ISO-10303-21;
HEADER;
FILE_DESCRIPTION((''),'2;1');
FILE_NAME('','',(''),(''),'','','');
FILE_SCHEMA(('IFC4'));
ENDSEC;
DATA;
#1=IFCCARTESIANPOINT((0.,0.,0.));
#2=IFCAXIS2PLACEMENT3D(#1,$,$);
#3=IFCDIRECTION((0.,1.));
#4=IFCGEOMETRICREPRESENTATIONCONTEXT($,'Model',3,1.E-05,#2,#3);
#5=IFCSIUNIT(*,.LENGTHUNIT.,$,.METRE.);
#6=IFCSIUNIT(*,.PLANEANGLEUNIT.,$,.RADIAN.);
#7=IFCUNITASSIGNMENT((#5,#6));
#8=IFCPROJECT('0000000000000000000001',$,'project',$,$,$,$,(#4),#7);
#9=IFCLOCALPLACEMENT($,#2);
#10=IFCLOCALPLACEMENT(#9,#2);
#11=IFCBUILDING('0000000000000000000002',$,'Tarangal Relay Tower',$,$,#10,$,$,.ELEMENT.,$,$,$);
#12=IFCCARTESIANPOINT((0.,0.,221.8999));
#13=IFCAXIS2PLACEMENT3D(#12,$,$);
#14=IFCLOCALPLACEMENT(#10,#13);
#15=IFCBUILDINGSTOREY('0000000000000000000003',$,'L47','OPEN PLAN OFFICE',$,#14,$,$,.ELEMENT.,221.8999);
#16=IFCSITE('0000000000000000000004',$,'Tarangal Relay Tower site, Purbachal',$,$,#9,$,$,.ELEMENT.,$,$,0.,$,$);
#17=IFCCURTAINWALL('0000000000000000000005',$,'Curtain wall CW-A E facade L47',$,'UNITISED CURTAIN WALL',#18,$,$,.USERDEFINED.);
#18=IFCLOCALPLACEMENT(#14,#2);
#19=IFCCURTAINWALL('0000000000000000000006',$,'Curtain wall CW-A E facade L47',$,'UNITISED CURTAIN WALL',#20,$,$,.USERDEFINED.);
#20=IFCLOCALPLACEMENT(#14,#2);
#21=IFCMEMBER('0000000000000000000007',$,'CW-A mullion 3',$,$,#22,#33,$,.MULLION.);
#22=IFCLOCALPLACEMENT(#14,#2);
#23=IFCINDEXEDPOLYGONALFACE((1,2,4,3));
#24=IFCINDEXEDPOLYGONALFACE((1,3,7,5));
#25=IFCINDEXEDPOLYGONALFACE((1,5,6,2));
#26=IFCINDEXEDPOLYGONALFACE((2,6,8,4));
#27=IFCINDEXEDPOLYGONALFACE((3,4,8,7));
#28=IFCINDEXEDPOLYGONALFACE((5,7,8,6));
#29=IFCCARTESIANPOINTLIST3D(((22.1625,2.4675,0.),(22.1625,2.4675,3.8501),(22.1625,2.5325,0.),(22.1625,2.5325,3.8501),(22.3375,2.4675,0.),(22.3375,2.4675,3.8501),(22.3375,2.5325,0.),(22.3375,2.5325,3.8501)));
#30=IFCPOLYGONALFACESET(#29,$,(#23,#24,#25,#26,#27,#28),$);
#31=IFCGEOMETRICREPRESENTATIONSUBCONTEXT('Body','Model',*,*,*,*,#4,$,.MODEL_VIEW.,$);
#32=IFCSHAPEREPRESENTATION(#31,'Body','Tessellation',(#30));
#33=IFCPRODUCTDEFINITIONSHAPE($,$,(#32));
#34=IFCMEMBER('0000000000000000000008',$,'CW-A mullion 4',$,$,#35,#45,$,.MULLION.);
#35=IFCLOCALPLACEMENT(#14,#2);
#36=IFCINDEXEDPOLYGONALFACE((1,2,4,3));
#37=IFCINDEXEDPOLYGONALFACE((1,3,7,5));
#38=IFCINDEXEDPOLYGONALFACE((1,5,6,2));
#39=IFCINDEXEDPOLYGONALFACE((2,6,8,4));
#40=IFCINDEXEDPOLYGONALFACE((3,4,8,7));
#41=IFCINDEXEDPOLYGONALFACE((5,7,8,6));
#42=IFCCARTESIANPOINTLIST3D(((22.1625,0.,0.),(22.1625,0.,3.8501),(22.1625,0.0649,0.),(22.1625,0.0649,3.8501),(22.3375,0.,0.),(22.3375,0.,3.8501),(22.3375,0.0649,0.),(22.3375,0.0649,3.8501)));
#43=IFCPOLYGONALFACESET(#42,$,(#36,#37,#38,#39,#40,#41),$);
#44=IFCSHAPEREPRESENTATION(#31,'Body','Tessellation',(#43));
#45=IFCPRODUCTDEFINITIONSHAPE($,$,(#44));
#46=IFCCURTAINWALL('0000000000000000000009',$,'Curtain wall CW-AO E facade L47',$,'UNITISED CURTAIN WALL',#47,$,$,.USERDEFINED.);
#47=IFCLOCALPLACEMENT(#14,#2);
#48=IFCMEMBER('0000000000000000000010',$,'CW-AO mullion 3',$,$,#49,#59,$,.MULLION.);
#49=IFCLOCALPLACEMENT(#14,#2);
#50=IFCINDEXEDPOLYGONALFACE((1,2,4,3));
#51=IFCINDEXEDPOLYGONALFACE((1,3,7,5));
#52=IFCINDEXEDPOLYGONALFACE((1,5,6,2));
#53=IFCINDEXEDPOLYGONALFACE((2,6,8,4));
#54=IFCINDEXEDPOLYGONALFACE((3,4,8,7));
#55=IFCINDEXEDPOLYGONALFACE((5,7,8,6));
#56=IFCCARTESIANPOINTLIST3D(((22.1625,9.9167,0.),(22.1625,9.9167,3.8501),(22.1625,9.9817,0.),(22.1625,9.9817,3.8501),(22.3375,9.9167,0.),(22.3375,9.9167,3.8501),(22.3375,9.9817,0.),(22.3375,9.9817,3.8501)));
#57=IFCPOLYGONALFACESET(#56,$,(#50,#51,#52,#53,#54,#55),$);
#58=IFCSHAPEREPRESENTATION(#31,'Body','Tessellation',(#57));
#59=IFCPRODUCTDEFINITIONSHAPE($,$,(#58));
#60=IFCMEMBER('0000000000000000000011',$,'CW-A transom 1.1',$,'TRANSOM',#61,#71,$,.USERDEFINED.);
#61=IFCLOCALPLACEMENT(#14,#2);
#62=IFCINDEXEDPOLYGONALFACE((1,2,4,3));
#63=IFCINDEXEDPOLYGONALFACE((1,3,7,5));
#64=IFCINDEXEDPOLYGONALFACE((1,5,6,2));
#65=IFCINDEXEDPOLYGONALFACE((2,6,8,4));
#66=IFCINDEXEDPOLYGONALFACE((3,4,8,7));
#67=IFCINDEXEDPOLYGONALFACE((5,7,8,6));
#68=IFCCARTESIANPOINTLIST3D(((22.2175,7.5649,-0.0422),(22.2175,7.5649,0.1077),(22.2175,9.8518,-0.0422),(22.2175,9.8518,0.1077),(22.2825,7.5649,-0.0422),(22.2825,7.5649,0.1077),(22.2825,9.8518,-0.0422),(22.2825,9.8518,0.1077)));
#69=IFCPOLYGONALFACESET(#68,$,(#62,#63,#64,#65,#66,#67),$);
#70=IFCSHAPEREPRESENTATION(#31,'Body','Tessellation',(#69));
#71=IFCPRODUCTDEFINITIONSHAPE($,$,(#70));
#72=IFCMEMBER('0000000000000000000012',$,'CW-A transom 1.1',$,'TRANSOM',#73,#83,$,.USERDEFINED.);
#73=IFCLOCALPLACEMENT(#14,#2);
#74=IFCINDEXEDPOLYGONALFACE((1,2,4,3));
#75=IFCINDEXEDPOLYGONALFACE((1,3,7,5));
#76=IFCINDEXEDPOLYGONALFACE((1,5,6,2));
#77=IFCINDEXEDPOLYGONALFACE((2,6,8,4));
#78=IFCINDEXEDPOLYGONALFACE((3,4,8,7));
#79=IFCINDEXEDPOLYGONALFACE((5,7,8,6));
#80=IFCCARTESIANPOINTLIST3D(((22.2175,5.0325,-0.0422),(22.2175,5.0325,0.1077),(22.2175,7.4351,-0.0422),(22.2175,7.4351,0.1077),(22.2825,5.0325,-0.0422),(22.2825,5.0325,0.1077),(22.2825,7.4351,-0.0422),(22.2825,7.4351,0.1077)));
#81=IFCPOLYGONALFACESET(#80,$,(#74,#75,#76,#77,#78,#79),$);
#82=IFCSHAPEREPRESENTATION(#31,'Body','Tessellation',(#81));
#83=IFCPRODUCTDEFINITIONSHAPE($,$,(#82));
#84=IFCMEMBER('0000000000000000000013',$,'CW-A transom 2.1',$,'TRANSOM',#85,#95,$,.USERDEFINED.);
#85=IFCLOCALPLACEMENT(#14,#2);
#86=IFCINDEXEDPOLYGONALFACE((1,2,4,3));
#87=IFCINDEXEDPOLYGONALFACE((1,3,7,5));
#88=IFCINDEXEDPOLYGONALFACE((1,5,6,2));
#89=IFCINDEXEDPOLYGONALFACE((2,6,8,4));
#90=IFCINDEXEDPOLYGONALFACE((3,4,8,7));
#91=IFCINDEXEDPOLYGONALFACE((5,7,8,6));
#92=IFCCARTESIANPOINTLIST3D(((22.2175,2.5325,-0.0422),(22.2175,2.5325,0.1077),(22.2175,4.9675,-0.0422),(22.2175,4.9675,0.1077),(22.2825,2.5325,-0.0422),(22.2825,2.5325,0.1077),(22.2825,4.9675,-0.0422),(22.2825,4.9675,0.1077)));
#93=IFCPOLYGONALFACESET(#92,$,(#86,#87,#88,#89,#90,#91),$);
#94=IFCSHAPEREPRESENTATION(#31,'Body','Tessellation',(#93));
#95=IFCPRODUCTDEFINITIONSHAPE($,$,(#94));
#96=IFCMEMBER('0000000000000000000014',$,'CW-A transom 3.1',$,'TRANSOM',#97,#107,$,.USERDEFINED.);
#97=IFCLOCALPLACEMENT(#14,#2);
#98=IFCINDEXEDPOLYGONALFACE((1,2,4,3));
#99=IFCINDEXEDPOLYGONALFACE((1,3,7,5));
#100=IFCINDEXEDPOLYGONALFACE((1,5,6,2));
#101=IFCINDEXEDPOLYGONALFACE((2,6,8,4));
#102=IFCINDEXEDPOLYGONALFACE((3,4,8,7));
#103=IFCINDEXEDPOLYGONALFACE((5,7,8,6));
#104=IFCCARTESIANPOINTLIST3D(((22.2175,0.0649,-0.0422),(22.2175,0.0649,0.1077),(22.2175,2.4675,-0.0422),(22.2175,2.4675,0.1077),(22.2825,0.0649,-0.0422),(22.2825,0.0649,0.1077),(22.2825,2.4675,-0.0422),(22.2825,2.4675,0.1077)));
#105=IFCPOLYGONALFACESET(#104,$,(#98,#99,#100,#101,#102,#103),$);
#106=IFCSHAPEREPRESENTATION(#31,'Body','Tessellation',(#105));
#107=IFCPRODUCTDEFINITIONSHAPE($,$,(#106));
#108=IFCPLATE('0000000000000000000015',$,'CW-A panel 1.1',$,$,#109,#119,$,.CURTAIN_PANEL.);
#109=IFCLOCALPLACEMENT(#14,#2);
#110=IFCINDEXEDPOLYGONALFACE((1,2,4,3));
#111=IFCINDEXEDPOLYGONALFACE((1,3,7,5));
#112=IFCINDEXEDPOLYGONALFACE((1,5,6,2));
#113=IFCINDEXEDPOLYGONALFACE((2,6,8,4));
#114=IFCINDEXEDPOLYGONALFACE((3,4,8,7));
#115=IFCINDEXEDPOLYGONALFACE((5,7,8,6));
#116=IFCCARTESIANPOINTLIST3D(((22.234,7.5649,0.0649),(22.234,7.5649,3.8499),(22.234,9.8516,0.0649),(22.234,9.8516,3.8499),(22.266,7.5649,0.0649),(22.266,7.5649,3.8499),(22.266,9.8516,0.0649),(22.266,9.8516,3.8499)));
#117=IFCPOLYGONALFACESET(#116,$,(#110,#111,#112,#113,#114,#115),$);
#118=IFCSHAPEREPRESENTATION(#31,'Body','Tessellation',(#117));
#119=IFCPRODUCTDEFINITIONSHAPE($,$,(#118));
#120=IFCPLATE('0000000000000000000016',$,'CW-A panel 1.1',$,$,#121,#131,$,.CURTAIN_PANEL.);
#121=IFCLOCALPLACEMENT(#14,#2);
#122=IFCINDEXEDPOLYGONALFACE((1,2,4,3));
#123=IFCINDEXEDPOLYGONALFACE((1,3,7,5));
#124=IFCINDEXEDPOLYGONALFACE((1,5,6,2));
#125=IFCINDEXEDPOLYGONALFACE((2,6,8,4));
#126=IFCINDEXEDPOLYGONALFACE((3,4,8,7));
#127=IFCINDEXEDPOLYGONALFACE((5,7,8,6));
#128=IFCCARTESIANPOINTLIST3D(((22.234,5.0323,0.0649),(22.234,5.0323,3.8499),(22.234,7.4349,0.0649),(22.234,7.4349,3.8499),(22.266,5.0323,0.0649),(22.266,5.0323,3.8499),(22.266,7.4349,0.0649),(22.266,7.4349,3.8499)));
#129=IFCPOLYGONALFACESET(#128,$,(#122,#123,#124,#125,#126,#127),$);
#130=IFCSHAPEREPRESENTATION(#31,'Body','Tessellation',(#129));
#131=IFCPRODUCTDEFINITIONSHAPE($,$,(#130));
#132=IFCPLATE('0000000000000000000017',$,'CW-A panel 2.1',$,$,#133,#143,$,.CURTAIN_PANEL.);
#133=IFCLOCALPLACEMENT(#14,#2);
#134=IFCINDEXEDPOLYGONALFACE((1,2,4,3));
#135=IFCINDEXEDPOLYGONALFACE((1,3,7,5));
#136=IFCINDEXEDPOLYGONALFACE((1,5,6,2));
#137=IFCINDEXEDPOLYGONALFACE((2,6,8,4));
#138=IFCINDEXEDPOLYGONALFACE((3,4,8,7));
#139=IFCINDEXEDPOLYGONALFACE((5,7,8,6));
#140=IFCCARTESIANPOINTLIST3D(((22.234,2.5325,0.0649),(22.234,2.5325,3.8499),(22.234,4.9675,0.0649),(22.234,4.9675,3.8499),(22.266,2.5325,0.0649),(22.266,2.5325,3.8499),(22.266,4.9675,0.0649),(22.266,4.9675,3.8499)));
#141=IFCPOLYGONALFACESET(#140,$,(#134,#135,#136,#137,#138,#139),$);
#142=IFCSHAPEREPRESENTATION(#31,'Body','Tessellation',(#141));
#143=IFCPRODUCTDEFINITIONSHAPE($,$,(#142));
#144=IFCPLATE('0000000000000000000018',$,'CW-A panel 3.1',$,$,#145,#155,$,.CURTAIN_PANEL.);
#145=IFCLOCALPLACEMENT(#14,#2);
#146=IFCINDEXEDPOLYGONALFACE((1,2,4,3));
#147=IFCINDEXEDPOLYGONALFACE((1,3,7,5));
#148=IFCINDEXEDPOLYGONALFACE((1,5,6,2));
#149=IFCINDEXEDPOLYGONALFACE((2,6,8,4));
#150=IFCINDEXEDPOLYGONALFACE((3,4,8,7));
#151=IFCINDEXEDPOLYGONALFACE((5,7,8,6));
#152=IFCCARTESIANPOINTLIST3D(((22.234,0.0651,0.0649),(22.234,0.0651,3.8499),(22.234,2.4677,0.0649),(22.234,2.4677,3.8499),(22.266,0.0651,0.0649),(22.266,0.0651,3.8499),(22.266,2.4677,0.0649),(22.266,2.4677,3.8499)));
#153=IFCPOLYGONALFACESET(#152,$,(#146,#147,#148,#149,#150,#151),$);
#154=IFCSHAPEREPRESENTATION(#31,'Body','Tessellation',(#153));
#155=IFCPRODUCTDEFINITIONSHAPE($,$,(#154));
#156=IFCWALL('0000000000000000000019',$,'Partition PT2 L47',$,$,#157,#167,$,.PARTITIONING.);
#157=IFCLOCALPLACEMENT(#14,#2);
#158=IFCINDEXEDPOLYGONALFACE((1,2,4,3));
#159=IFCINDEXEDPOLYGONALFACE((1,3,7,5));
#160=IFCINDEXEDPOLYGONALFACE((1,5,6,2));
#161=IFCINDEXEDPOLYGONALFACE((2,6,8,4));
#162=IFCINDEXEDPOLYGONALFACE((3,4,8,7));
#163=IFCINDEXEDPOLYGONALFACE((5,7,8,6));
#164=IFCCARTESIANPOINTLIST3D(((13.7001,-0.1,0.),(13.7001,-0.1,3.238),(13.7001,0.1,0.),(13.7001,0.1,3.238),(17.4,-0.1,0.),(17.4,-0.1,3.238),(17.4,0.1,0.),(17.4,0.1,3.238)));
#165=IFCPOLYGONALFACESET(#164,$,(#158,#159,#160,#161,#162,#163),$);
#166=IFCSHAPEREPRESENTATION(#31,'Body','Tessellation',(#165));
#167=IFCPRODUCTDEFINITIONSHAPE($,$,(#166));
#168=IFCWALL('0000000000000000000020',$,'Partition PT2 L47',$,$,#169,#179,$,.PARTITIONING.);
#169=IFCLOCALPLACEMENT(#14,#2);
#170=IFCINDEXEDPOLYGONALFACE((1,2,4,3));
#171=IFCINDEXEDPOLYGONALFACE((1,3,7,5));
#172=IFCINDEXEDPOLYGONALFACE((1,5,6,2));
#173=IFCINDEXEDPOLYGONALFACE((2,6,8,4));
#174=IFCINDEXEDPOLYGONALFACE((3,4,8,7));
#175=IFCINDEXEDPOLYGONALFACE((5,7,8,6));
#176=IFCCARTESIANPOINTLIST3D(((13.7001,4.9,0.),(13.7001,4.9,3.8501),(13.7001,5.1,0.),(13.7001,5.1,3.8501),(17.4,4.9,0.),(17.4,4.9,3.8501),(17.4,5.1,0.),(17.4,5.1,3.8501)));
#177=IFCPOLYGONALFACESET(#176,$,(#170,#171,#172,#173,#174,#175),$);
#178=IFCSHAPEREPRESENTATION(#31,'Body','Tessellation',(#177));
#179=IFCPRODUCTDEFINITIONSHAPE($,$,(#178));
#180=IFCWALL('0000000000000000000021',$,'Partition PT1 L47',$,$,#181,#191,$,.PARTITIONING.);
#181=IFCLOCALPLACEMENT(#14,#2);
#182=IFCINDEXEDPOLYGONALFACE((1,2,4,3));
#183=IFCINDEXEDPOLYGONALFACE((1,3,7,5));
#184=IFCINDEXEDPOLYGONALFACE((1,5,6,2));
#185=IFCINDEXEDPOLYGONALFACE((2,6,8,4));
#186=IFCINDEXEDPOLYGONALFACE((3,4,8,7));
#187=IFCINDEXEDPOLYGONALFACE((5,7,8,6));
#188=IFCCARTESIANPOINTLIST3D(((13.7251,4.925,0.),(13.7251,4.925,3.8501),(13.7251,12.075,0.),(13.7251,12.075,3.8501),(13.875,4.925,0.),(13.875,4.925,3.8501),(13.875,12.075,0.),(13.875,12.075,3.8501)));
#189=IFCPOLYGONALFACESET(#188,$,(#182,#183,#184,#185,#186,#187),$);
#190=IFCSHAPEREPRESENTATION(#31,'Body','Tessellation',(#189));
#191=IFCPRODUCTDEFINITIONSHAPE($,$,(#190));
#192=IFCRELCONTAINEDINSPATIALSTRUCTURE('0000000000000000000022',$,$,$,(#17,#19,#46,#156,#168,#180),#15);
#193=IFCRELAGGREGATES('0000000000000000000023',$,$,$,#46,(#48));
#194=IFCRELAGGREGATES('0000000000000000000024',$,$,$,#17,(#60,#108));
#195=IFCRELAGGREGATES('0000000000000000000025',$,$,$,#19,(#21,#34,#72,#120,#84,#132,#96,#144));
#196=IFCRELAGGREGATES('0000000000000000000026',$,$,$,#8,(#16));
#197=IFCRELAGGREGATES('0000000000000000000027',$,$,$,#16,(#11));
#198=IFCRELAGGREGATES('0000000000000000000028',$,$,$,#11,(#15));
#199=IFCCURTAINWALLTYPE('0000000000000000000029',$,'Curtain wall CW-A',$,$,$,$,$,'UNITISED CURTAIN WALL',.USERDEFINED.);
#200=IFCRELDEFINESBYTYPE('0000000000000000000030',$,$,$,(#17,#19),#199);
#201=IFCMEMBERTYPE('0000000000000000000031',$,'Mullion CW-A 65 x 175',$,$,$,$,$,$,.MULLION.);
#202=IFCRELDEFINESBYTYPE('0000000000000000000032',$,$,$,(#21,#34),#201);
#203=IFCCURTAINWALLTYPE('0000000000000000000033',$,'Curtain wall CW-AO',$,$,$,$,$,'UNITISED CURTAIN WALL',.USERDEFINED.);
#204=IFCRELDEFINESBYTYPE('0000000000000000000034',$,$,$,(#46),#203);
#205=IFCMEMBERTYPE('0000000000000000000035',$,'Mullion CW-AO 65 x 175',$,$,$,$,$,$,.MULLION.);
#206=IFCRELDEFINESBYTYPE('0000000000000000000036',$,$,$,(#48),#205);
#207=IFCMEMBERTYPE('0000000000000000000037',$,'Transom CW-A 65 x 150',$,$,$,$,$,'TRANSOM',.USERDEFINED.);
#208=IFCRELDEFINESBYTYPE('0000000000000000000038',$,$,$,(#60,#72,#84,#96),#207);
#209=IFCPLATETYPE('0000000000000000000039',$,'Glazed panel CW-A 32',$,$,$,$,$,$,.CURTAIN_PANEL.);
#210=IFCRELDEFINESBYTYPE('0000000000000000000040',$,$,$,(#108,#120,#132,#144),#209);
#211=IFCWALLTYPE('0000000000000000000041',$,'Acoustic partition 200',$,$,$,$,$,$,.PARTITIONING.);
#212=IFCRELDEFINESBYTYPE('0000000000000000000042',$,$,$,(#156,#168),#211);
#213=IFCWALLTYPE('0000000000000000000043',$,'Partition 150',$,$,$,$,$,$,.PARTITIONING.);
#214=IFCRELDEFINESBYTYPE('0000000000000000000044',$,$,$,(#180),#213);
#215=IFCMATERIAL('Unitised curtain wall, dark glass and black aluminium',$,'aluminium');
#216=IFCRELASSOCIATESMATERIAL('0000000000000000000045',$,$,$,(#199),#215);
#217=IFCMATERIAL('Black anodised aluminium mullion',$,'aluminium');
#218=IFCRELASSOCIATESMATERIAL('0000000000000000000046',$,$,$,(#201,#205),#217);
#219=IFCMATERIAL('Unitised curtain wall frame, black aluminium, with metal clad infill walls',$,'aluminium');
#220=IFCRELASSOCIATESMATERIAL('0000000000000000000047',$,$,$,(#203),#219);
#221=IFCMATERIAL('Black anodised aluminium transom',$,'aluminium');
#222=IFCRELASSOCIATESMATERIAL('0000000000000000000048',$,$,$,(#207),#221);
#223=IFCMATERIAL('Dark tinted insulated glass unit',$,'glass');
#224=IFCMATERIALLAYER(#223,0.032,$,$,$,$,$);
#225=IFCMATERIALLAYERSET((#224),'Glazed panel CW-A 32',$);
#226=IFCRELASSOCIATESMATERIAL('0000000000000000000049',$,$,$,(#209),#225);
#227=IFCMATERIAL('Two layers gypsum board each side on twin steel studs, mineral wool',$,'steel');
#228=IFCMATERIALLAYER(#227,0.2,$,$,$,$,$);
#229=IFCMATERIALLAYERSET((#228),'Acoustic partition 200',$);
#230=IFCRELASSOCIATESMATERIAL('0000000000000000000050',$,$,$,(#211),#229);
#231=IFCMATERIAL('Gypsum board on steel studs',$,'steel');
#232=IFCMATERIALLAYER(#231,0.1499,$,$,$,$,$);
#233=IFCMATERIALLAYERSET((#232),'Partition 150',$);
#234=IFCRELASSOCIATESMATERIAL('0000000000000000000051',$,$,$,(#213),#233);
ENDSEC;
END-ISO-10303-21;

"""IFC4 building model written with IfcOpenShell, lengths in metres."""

from ifc_helpers import new_model, si_unit, direction, frame, frame_2d, origin, origin_2d, place, context, subcontext, project, spatial, rectangle, extrude, material, layer, layer_set, material_profile, profile_set, type_object, element, aggregate, save


model = new_model("IFC4")

# Units and contexts
model_context = context("Model", 3, precision=1e-05, world=origin(), true_north=direction((0.0, 1.0)))
body_context = subcontext(model_context, "Body", "Model", "MODEL_VIEW")
ifc_project = project(units=[si_unit("LENGTHUNIT", "METRE"), si_unit("PLANEANGLEUNIT", "RADIAN")], contexts=[model_context])

# Site, building, storey
site_placement = place(None, origin())
site = spatial("IfcSite", under=ifc_project, at=site_placement, Name="Tarangal Relay Tower site, Purbachal", CompositionType="ELEMENT", RefElevation=0.0)
building_placement = place(site_placement, origin())
building = spatial("IfcBuilding", under=site, at=building_placement, Name="Tarangal Relay Tower", CompositionType="ELEMENT")
storey_placement = place(building_placement, frame((0.0, 0.0, 221.8999)))
storey = spatial("IfcBuildingStorey", under=building, at=storey_placement, Name="L47", Description="OPEN PLAN OFFICE", CompositionType="ELEMENT", Elevation=221.8999)

# Curtain walls, members
ifc_material_1 = material(Name="Unitised curtain wall, dark glass and black aluminium", Category="aluminium")
curtain_wall_type_1 = type_object("IfcCurtainWallType", Name="Curtain wall CW-A", ElementType="UNITISED CURTAIN WALL", PredefinedType="USERDEFINED", material=ifc_material_1)
curtain_wall_1_placement = place(storey_placement, origin())
curtain_wall_1 = element("IfcCurtainWall", 1, at=curtain_wall_1_placement, inside=storey, type_object=curtain_wall_type_1, Name="Curtain wall CW-A E facade L47", ObjectType="UNITISED CURTAIN WALL", PredefinedType="USERDEFINED")
ifc_material_2 = material(Name="Black anodised aluminium mullion", Category="aluminium")
ifc_material_profile_1 = material_profile(ifc_material_2, rectangle(XDim=0.175, YDim=0.0649, at=origin_2d()), Name="CW-AM 65X175")
ifc_profile_set_1 = profile_set([ifc_material_profile_1], Name="Black anodised aluminium mullion")
member_type_1 = type_object("IfcMemberType", Name="Mullion CW-A 65 x 175", PredefinedType="MULLION", material=ifc_profile_set_1)
curtain_wall_2_placement = place(storey_placement, origin())
curtain_wall_2 = element("IfcCurtainWall", 2, at=curtain_wall_2_placement, inside=storey, type_object=curtain_wall_type_1, Name="Curtain wall CW-A E facade L47", ObjectType="UNITISED CURTAIN WALL", PredefinedType="USERDEFINED")
member_1_placement = place(storey_placement, frame((22.25, 2.5, 0.0), z_axis=(0.0, 0.0, 1.0), x_axis=(1.0, 0.0, 0.0)))
member_1 = element("IfcMember", 3, at=member_1_placement, type_object=member_type_1, Name="CW-A mullion 3", PredefinedType="MULLION", context=body_context, shape_type="SweptSolid", body=[
    extrude(rectangle(XDim=0.175, YDim=0.0649, at=origin_2d()), origin(), (0.0, 0.0, 1.0), 3.8501),
])
member_2_placement = place(storey_placement, frame((22.25, 0.0325, 0.0), z_axis=(0.0, 0.0, 1.0), x_axis=(1.0, 0.0, 0.0)))
member_2 = element("IfcMember", 4, at=member_2_placement, type_object=member_type_1, Name="CW-A mullion 4", PredefinedType="MULLION", context=body_context, shape_type="SweptSolid", body=[
    extrude(rectangle(XDim=0.175, YDim=0.0649, at=origin_2d()), origin(), (0.0, 0.0, 1.0), 3.8501),
])

# Curtain wall, member
ifc_material_3 = material(Name="Unitised curtain wall frame, black aluminium, with metal clad infill walls", Category="aluminium")
curtain_wall_type_2 = type_object("IfcCurtainWallType", Name="Curtain wall CW-AO", ElementType="UNITISED CURTAIN WALL", PredefinedType="USERDEFINED", material=ifc_material_3)
curtain_wall_3_placement = place(storey_placement, origin())
curtain_wall_3 = element("IfcCurtainWall", 5, at=curtain_wall_3_placement, inside=storey, type_object=curtain_wall_type_2, Name="Curtain wall CW-AO E facade L47", ObjectType="UNITISED CURTAIN WALL", PredefinedType="USERDEFINED")
ifc_material_profile_2 = material_profile(ifc_material_2, rectangle(XDim=0.175, YDim=0.0649, at=origin_2d()), Name="CW-AOM 65X175")
ifc_profile_set_2 = profile_set([ifc_material_profile_2], Name="Black anodised aluminium mullion")
member_type_2 = type_object("IfcMemberType", Name="Mullion CW-AO 65 x 175", PredefinedType="MULLION", material=ifc_profile_set_2)
member_3_placement = place(storey_placement, frame((22.25, 9.9492, 0.0), z_axis=(0.0, 0.0, 1.0), x_axis=(1.0, 0.0, 0.0)))
member_3 = element("IfcMember", 6, at=member_3_placement, type_object=member_type_2, Name="CW-AO mullion 3", PredefinedType="MULLION", context=body_context, shape_type="SweptSolid", body=[
    extrude(rectangle(XDim=0.175, YDim=0.0649, at=origin_2d()), origin(), (0.0, 0.0, 1.0), 3.8501),
])
aggregate(curtain_wall_3, [member_3])

# Members
ifc_material_4 = material(Name="Black anodised aluminium transom", Category="aluminium")
ifc_material_profile_3 = material_profile(ifc_material_4, rectangle(XDim=0.0649, YDim=0.1499, at=origin_2d()), Name="CW-AT 65X150")
ifc_profile_set_3 = profile_set([ifc_material_profile_3], Name="Black anodised aluminium transom")
member_type_3 = type_object("IfcMemberType", Name="Transom CW-A 65 x 150", ElementType="TRANSOM", PredefinedType="USERDEFINED", material=ifc_profile_set_3)
member_4_placement = place(storey_placement, frame((22.25, 9.8518, 0.0327), z_axis=(0.0, -1.0, 0.0), x_axis=(1.0, 0.0, 0.0)))
member_4 = element("IfcMember", 7, at=member_4_placement, type_object=member_type_3, Name="CW-A transom 1.1", ObjectType="TRANSOM", PredefinedType="USERDEFINED", context=body_context, shape_type="SweptSolid", body=[
    extrude(rectangle(XDim=0.0649, YDim=0.1499, at=origin_2d()), origin(), (0.0, 0.0, 1.0), 2.2869),
])
member_5_placement = place(storey_placement, frame((22.25, 7.4351, 0.0327), z_axis=(0.0, -1.0, 0.0), x_axis=(1.0, 0.0, 0.0)))
member_5 = element("IfcMember", 8, at=member_5_placement, type_object=member_type_3, Name="CW-A transom 1.1", ObjectType="TRANSOM", PredefinedType="USERDEFINED", context=body_context, shape_type="SweptSolid", body=[
    extrude(rectangle(XDim=0.0649, YDim=0.1499, at=origin_2d()), origin(), (0.0, 0.0, 1.0), 2.4026),
])
member_6_placement = place(storey_placement, frame((22.25, 4.9675, 0.0327), z_axis=(0.0, -1.0, 0.0), x_axis=(1.0, 0.0, 0.0)))
member_6 = element("IfcMember", 9, at=member_6_placement, type_object=member_type_3, Name="CW-A transom 2.1", ObjectType="TRANSOM", PredefinedType="USERDEFINED", context=body_context, shape_type="SweptSolid", body=[
    extrude(rectangle(XDim=0.0649, YDim=0.1499, at=origin_2d()), origin(), (0.0, 0.0, 1.0), 2.4351),
])
member_7_placement = place(storey_placement, frame((22.25, 2.4675, 0.0327), z_axis=(0.0, -1.0, 0.0), x_axis=(1.0, 0.0, 0.0)))
member_7 = element("IfcMember", 10, at=member_7_placement, type_object=member_type_3, Name="CW-A transom 3.1", ObjectType="TRANSOM", PredefinedType="USERDEFINED", context=body_context, shape_type="SweptSolid", body=[
    extrude(rectangle(XDim=0.0649, YDim=0.1499, at=origin_2d()), origin(), (0.0, 0.0, 1.0), 2.4026),
])

# Plates
ifc_material_5 = material(Name="Dark tinted insulated glass unit", Category="glass")
ifc_layer_1 = layer(ifc_material_5, 0.032)
ifc_layer_set_1 = layer_set([ifc_layer_1], Name="Glazed panel CW-A 32")
plate_type = type_object("IfcPlateType", Name="Glazed panel CW-A 32", PredefinedType="CURTAIN_PANEL", material=ifc_layer_set_1)
plate_1_placement = place(storey_placement, frame((22.25, 8.7083, 0.0649), z_axis=(0.0, 0.0, 1.0), x_axis=(0.0, -1.0, 0.0)))
plate_1 = element("IfcPlate", 11, at=plate_1_placement, type_object=plate_type, Name="CW-A panel 1.1", PredefinedType="CURTAIN_PANEL", context=body_context, shape_type="SweptSolid", body=[
    extrude(rectangle(XDim=2.2866, YDim=0.032, at=origin_2d()), origin(), (0.0, 0.0, 1.0), 3.7849),
])
aggregate(curtain_wall_1, [member_4, plate_1])
plate_2_placement = place(storey_placement, frame((22.25, 6.2336, 0.0649), z_axis=(0.0, 0.0, 1.0), x_axis=(0.0, -1.0, 0.0)))
plate_2 = element("IfcPlate", 12, at=plate_2_placement, type_object=plate_type, Name="CW-A panel 1.1", PredefinedType="CURTAIN_PANEL", context=body_context, shape_type="SweptSolid", body=[
    extrude(rectangle(XDim=2.4026, YDim=0.032, at=origin_2d()), origin(), (0.0, 0.0, 1.0), 3.7849),
])
plate_3_placement = place(storey_placement, frame((22.25, 3.75, 0.0649), z_axis=(0.0, 0.0, 1.0), x_axis=(0.0, -1.0, 0.0)))
plate_3 = element("IfcPlate", 13, at=plate_3_placement, type_object=plate_type, Name="CW-A panel 2.1", PredefinedType="CURTAIN_PANEL", context=body_context, shape_type="SweptSolid", body=[
    extrude(rectangle(XDim=2.4351, YDim=0.032, at=origin_2d()), origin(), (0.0, 0.0, 1.0), 3.7849),
])
plate_4_placement = place(storey_placement, frame((22.25, 1.2664, 0.0649), z_axis=(0.0, 0.0, 1.0), x_axis=(0.0, -1.0, 0.0)))
plate_4 = element("IfcPlate", 14, at=plate_4_placement, type_object=plate_type, Name="CW-A panel 3.1", PredefinedType="CURTAIN_PANEL", context=body_context, shape_type="SweptSolid", body=[
    extrude(rectangle(XDim=2.4026, YDim=0.032, at=origin_2d()), origin(), (0.0, 0.0, 1.0), 3.7849),
])
aggregate(curtain_wall_2, [member_1, member_2, member_5, plate_2, member_6, plate_3, member_7, plate_4])

# Walls
ifc_material_6 = material(Name="Two layers gypsum board each side on twin steel studs, mineral wool", Category="steel")
ifc_layer_2 = layer(ifc_material_6, 0.2)
ifc_layer_set_2 = layer_set([ifc_layer_2], Name="Acoustic partition 200")
wall_type_1 = type_object("IfcWallType", Name="Acoustic partition 200", PredefinedType="PARTITIONING", material=ifc_layer_set_2)
wall_1_placement = place(storey_placement, frame((13.7, 0.0, 0.0), z_axis=(0.0, 0.0, 1.0), x_axis=(1.0, 0.0, 0.0)))
element("IfcWall", 15, at=wall_1_placement, inside=storey, type_object=wall_type_1, Name="Partition PT2 L47", PredefinedType="PARTITIONING", context=body_context, shape_type="SweptSolid", body=[
    extrude(rectangle(XDim=3.7, YDim=0.2, at=frame_2d((1.8501, 0.0))), origin(), (0.0, 0.0, 1.0), 3.238),
])
wall_2_placement = place(storey_placement, frame((13.7, 5.0, 0.0), z_axis=(0.0, 0.0, 1.0), x_axis=(1.0, 0.0, 0.0)))
element("IfcWall", 16, at=wall_2_placement, inside=storey, type_object=wall_type_1, Name="Partition PT2 L47", PredefinedType="PARTITIONING", context=body_context, shape_type="SweptSolid", body=[
    extrude(rectangle(XDim=3.7, YDim=0.2, at=frame_2d((1.8501, 0.0))), origin(), (0.0, 0.0, 1.0), 3.8501),
])
ifc_material_7 = material(Name="Gypsum board on steel studs", Category="steel")
ifc_layer_3 = layer(ifc_material_7, 0.1499)
ifc_layer_set_3 = layer_set([ifc_layer_3], Name="Partition 150")
wall_type_2 = type_object("IfcWallType", Name="Partition 150", PredefinedType="PARTITIONING", material=ifc_layer_set_3)
wall_3_placement = place(storey_placement, frame((13.8, 4.925, 0.0), z_axis=(0.0, 0.0, 1.0), x_axis=(0.0, 1.0, 0.0)))
element("IfcWall", 17, at=wall_3_placement, inside=storey, type_object=wall_type_2, Name="Partition PT1 L47", PredefinedType="PARTITIONING", context=body_context, shape_type="SweptSolid", body=[
    extrude(rectangle(XDim=7.1499, YDim=0.1499, at=frame_2d((3.575, 0.0))), origin(), (0.0, 0.0, 1.0), 3.8501),
])

save(model, "model.ifc")
